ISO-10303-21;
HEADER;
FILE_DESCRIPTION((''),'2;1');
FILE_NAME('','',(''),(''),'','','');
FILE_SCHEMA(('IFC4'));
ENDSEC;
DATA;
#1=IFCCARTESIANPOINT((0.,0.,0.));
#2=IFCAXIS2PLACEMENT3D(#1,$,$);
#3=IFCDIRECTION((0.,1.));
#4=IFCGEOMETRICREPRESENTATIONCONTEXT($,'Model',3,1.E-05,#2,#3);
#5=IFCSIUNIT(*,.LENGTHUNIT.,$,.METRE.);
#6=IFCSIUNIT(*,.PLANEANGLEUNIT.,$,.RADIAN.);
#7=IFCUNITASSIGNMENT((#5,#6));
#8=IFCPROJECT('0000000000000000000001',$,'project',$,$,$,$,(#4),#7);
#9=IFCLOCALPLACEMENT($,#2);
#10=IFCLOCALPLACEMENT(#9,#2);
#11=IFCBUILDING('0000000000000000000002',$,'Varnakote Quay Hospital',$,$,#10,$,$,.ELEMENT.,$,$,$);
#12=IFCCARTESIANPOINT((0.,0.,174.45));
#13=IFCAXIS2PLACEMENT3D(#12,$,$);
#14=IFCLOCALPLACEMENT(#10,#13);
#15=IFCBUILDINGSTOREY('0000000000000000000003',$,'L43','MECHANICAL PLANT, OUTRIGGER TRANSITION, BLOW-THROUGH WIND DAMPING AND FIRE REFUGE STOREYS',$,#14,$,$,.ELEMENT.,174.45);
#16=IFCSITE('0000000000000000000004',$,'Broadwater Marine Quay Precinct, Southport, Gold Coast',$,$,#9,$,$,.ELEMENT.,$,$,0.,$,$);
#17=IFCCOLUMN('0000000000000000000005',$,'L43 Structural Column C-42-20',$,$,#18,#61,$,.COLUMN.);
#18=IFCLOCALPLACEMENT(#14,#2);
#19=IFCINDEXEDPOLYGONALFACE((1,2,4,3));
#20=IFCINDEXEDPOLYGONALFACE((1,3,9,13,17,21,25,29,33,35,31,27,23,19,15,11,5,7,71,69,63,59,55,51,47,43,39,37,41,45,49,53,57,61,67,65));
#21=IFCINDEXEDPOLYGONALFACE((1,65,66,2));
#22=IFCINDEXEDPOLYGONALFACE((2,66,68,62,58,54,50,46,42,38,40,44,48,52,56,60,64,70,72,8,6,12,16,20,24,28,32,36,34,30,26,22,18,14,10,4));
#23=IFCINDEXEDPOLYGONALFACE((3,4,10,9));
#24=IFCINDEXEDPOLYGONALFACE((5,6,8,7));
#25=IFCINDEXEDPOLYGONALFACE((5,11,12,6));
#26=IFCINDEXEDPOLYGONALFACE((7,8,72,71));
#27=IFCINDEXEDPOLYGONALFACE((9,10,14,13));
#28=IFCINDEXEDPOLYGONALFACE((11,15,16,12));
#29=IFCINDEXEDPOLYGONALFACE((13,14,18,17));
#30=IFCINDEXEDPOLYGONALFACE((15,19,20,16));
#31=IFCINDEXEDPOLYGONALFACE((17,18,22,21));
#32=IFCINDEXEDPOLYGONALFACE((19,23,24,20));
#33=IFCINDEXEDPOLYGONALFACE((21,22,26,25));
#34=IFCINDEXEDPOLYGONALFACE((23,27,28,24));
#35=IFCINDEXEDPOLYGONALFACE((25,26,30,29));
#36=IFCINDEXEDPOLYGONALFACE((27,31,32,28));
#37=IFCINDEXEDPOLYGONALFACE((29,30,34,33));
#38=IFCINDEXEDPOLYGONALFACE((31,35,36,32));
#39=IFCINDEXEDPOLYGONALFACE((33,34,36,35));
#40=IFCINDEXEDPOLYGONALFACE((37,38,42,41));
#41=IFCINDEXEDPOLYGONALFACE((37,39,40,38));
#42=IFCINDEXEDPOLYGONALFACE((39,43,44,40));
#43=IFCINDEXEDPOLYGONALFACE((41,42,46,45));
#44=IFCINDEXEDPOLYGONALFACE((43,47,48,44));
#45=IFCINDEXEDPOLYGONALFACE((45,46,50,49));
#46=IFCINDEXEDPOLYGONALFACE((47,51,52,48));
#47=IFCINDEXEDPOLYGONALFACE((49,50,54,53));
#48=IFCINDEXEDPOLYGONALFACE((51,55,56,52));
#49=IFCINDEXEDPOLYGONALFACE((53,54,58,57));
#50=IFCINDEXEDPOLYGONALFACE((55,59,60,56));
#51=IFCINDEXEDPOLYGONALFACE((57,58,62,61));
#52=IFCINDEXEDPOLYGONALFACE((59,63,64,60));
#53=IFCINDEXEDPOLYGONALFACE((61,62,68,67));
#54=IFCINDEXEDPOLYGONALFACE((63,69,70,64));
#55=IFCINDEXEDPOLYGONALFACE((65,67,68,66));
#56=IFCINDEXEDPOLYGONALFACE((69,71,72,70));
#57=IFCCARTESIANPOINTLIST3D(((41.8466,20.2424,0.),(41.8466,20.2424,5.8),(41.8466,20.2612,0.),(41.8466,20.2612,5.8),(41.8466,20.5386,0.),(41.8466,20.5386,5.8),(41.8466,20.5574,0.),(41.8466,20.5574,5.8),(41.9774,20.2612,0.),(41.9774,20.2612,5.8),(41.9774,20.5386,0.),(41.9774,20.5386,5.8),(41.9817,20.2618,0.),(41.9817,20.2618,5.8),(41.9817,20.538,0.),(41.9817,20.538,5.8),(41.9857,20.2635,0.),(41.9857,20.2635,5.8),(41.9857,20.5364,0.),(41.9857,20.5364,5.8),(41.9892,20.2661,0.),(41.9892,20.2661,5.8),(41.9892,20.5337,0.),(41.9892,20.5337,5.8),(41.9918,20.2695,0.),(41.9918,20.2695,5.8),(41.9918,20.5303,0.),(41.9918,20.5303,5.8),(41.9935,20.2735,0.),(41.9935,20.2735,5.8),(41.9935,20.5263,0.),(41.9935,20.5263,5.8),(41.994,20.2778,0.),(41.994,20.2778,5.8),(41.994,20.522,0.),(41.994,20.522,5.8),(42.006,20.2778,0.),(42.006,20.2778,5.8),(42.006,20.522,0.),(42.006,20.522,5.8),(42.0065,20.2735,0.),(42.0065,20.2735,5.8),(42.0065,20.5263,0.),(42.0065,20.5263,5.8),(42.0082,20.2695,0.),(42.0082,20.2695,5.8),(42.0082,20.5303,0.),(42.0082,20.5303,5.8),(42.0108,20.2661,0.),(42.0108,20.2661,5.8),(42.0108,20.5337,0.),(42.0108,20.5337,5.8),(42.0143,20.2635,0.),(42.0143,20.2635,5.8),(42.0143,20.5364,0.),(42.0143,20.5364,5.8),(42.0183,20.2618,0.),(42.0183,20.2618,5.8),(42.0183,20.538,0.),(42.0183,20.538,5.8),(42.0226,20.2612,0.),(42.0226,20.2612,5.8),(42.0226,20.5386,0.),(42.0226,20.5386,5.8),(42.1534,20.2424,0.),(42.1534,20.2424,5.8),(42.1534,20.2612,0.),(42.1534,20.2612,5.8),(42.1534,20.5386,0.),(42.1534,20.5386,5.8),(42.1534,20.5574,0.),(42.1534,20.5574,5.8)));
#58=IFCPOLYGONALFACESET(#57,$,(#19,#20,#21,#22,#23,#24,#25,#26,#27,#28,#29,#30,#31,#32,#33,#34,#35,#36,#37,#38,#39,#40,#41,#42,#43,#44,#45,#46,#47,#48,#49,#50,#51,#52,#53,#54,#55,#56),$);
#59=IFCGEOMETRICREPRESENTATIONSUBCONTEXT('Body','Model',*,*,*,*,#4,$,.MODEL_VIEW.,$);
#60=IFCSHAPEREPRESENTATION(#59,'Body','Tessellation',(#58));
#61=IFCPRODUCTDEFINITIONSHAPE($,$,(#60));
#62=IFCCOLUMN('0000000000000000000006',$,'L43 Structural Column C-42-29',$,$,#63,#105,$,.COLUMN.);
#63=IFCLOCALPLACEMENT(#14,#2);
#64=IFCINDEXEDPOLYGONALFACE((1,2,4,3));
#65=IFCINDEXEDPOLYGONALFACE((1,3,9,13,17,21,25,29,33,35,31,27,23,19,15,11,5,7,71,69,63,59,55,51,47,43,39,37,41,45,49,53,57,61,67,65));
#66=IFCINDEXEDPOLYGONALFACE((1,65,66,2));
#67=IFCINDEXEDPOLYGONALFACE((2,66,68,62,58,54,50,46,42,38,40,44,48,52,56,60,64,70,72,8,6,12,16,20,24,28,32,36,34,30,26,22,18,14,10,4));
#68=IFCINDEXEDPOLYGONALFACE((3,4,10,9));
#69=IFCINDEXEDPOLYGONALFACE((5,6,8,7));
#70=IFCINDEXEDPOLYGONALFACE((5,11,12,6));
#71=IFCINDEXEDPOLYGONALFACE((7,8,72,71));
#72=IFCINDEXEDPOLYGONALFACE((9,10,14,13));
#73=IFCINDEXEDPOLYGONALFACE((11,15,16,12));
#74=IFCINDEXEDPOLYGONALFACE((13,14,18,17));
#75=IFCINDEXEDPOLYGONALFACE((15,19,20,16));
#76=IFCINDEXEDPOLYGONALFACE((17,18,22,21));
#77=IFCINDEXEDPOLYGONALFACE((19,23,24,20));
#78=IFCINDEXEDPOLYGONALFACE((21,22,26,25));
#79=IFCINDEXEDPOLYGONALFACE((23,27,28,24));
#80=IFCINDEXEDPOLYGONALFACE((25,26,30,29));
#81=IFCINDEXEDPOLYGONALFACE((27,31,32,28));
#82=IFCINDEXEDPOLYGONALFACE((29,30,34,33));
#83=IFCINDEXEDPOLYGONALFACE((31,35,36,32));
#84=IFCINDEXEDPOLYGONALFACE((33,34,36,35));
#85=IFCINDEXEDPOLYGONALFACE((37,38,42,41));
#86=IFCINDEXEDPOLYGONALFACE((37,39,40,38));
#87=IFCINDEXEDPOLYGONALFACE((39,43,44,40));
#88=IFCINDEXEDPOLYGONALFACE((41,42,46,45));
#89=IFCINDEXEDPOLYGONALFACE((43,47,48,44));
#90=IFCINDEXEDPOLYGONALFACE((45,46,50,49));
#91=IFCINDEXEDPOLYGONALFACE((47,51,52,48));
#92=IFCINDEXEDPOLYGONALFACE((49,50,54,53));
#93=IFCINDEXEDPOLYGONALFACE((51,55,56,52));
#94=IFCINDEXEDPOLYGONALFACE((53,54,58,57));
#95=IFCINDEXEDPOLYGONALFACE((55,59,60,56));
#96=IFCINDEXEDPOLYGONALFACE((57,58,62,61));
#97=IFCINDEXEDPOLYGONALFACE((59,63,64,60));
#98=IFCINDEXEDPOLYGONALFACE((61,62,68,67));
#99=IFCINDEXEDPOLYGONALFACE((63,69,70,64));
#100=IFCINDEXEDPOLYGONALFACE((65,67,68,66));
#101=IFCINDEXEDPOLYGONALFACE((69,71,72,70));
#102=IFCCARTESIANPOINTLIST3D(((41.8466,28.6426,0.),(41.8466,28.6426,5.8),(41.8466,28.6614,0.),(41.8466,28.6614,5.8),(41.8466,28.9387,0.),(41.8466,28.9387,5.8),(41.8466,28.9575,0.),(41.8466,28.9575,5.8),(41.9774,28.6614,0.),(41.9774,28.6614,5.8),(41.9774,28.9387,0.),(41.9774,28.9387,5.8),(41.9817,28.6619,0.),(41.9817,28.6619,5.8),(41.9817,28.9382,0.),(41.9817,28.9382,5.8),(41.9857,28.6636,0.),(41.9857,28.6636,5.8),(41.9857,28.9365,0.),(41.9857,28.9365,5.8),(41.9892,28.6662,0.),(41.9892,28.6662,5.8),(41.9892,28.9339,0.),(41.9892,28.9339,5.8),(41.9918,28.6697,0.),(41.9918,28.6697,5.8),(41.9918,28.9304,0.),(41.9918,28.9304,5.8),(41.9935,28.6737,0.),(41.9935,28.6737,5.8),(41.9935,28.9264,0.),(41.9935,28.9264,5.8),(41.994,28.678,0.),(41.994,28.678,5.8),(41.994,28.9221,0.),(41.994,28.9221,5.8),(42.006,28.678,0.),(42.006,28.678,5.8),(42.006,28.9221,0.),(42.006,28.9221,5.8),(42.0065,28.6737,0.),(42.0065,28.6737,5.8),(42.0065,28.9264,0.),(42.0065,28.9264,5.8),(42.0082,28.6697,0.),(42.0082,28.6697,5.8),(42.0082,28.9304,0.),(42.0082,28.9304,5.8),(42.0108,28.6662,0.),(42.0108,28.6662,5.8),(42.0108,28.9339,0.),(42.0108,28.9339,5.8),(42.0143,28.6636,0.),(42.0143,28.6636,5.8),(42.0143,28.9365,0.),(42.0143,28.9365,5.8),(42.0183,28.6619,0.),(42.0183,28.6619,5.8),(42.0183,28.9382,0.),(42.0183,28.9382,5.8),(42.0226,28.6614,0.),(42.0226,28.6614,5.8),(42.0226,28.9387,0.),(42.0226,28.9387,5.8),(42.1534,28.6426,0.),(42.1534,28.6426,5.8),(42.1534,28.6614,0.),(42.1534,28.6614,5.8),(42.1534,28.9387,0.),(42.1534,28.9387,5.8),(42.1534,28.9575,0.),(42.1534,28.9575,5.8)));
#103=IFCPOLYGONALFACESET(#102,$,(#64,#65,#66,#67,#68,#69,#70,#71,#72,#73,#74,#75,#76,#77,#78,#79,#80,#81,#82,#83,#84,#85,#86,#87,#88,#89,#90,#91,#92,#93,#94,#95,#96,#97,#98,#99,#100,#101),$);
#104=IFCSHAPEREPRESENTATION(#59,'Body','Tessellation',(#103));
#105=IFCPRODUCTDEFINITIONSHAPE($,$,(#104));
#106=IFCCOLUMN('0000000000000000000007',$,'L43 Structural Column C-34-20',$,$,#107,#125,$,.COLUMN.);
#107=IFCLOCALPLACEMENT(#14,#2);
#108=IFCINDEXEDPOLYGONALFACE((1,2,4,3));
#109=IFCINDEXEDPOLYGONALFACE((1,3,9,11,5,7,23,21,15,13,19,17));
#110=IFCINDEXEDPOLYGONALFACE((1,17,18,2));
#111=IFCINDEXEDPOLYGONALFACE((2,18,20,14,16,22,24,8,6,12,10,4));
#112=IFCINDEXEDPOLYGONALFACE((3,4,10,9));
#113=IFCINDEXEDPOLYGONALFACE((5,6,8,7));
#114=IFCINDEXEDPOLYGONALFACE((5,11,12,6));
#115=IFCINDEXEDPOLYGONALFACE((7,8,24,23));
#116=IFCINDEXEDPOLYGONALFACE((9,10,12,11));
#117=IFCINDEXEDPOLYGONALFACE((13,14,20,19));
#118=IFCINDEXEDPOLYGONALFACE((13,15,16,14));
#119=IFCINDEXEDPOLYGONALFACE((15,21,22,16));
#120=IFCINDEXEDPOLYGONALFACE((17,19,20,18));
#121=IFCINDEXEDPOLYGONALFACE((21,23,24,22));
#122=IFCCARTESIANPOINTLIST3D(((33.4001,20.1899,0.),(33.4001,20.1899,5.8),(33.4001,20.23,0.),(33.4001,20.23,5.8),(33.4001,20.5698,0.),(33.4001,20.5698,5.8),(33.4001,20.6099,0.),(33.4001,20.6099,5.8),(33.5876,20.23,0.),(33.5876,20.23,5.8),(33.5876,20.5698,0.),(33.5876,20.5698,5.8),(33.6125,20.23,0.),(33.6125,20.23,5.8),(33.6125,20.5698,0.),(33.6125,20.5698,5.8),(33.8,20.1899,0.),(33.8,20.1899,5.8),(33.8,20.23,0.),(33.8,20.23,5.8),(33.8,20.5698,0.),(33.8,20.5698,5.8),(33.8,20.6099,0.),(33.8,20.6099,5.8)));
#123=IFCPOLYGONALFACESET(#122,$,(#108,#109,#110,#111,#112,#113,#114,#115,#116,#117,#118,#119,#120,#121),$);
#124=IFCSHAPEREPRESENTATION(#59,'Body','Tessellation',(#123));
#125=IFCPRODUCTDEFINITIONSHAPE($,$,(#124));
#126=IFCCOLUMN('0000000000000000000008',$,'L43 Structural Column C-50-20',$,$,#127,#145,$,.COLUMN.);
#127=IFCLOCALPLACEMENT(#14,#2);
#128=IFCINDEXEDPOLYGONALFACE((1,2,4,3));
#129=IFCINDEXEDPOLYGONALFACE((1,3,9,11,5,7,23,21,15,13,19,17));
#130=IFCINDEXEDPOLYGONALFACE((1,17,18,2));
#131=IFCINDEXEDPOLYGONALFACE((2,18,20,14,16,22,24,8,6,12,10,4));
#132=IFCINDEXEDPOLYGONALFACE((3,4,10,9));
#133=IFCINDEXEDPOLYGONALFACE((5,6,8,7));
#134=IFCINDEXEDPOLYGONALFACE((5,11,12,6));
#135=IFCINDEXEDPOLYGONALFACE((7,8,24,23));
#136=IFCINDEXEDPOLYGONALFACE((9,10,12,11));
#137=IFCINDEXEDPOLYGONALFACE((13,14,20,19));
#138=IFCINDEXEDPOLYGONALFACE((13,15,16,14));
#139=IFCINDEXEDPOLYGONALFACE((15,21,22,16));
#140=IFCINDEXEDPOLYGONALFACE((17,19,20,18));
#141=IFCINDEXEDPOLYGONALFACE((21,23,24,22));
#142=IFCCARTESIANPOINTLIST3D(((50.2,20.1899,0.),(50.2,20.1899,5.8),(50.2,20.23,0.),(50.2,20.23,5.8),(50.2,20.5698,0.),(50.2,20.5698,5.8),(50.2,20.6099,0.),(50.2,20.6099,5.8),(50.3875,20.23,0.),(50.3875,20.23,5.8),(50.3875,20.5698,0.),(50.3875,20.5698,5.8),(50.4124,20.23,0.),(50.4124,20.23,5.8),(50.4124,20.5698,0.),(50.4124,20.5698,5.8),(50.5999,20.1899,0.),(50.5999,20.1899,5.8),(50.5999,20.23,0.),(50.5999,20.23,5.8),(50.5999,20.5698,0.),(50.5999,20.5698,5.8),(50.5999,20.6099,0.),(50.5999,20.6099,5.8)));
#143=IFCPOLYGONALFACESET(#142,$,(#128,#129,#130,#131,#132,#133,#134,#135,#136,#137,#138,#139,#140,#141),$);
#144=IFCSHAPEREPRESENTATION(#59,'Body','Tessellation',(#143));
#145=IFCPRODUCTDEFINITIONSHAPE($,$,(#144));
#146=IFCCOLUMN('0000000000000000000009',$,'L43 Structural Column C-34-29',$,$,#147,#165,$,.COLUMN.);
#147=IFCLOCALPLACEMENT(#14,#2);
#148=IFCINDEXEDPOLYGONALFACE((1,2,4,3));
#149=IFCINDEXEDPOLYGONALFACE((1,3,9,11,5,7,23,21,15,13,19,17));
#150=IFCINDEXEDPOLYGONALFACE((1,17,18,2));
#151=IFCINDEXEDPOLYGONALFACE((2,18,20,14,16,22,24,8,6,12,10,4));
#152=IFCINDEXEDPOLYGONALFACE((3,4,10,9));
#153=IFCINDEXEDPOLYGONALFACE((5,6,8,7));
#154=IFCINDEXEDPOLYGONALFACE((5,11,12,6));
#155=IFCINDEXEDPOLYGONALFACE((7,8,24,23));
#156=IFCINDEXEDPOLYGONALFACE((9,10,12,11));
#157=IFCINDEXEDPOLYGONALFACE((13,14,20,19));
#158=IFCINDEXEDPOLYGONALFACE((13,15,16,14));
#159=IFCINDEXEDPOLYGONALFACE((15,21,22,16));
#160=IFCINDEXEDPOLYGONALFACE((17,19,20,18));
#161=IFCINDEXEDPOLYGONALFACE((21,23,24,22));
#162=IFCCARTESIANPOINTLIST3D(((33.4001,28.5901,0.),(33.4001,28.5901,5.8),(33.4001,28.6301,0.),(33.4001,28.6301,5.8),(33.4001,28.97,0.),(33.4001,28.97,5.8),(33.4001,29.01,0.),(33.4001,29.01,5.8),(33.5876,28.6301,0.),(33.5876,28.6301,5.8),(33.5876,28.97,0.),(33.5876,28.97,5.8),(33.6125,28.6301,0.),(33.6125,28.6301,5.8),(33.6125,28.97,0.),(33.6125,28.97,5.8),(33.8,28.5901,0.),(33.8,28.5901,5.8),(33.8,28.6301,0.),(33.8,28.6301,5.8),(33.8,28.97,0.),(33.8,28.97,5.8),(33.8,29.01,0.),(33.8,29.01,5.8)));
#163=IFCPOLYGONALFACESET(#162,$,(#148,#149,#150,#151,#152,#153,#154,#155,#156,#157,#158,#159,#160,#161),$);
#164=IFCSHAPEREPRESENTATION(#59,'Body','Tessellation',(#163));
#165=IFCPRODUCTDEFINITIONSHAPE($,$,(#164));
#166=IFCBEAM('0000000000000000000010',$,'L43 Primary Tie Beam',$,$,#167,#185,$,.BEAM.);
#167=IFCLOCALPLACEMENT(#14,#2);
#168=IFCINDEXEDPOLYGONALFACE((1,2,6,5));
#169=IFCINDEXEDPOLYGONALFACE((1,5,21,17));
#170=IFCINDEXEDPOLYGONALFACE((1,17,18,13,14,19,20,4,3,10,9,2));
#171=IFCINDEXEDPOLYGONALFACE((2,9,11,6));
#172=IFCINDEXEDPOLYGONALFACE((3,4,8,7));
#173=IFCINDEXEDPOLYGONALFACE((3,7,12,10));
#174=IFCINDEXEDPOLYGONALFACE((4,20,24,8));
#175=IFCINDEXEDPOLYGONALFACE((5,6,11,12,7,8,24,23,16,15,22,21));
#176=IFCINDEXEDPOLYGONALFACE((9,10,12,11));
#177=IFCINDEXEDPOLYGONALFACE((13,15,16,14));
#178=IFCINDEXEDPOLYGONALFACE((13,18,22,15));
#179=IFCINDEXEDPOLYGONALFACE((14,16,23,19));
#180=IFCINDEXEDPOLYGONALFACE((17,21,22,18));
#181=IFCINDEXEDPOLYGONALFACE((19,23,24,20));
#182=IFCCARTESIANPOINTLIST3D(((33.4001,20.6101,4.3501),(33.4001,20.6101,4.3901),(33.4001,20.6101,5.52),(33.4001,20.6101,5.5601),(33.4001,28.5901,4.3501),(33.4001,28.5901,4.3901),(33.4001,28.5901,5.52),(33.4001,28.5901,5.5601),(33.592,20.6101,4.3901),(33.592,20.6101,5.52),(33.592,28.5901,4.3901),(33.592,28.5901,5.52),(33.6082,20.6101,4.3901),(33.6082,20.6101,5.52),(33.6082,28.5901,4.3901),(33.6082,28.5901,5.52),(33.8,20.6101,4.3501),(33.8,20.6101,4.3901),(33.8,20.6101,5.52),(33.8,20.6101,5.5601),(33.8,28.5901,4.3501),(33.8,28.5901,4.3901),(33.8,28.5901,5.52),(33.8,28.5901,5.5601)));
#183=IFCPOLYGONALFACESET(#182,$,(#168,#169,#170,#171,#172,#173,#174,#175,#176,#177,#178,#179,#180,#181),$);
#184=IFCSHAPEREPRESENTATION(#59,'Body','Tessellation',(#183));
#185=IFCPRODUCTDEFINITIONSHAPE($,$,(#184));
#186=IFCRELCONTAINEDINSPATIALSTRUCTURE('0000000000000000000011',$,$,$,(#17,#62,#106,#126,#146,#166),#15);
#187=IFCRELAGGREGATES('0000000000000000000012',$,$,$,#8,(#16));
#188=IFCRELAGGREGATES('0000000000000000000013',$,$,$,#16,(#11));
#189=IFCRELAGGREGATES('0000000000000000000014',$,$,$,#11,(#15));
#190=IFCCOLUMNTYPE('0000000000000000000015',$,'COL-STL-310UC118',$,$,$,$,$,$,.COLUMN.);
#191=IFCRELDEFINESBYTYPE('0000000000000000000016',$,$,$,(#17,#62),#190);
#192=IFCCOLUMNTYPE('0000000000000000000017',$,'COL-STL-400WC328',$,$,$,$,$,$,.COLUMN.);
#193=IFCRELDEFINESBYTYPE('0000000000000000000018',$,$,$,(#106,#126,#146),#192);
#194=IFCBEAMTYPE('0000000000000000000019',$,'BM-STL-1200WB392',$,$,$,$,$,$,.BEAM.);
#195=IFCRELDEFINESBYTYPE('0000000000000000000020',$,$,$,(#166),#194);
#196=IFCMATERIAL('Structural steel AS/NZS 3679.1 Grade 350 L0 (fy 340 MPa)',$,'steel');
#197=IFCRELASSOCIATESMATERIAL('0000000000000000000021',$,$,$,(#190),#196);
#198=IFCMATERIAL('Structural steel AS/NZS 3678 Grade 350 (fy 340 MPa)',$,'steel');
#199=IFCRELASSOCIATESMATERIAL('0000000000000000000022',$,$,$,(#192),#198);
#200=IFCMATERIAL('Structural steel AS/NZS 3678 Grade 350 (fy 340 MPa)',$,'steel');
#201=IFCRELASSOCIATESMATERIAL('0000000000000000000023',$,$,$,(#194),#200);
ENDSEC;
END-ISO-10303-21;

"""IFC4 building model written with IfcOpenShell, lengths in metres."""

from ifc_helpers import new_model, si_unit, direction, frame, origin, origin_2d, place, context, subcontext, project, spatial, i_section, extrude, material, material_profile, profile_set, type_object, element, save


model = new_model("IFC4")

# Units and contexts
model_context = context("Model", 3, precision=1e-05, world=origin(), true_north=direction((0.0, 1.0)))
body_context = subcontext(model_context, "Body", "Model", "MODEL_VIEW")
ifc_project = project(units=[si_unit("LENGTHUNIT", "METRE"), si_unit("PLANEANGLEUNIT", "RADIAN")], contexts=[model_context])

# Site, building, storey
site_placement = place(None, origin())
site = spatial("IfcSite", under=ifc_project, at=site_placement, Name="Broadwater Marine Quay Precinct, Southport, Gold Coast", CompositionType="ELEMENT", RefElevation=0.0)
building_placement = place(site_placement, origin())
building = spatial("IfcBuilding", under=site, at=building_placement, Name="Varnakote Quay Hospital", CompositionType="ELEMENT")
storey_placement = place(building_placement, frame((0.0, 0.0, 174.45)))
storey = spatial("IfcBuildingStorey", under=building, at=storey_placement, Name="L43", Description="MECHANICAL PLANT, OUTRIGGER TRANSITION, BLOW-THROUGH WIND DAMPING AND FIRE REFUGE STOREYS", CompositionType="ELEMENT", Elevation=174.45)

# Columns
ifc_material_1 = material(Name="Structural steel AS/NZS 3679.1 Grade 350 L0 (fy 340 MPa)", Category="steel")
ifc_material_profile_1 = material_profile(ifc_material_1, i_section(OverallWidth=0.3069, OverallDepth=0.3149, WebThickness=0.012, FlangeThickness=0.0188, FilletRadius=0.0166, at=origin_2d()), Name="310UC118")
ifc_profile_set_1 = profile_set([ifc_material_profile_1], Name="Structural steel AS/NZS 3679.1 Grade 350 L0 (fy 340 MPa)")
column_type_1 = type_object("IfcColumnType", Name="COL-STL-310UC118", PredefinedType="COLUMN", material=ifc_profile_set_1)
for number, where, z_axis, x_axis, name in (
    (1, (42.0, 20.3999, 0.0), (0.0, 0.0, 1.0), (1.0, 0.0, 0.0), "L43 Structural Column C-42-20"),
    (2, (42.0, 28.8, 0.0), (0.0, 0.0, 1.0), (1.0, 0.0, 0.0), "L43 Structural Column C-42-29"),
):
    element("IfcColumn", number, at=place(storey_placement, frame(where, z_axis=z_axis, x_axis=x_axis)), inside=storey, type_object=column_type_1, Name=name, PredefinedType="COLUMN", context=body_context, shape_type="SweptSolid", body=[
        extrude(i_section(OverallWidth=0.3069, OverallDepth=0.3149, WebThickness=0.012, FlangeThickness=0.0188, FilletRadius=0.0166, at=origin_2d()), origin(), (0.0, 0.0, 1.0), 5.8),
    ])
ifc_material_2 = material(Name="Structural steel AS/NZS 3678 Grade 350 (fy 340 MPa)", Category="steel")
ifc_material_profile_2 = material_profile(ifc_material_2, i_section(OverallWidth=0.3999, OverallDepth=0.4199, WebThickness=0.0249, FlangeThickness=0.04, at=origin_2d()), Name="400WC328")
ifc_profile_set_2 = profile_set([ifc_material_profile_2], Name="Structural steel AS/NZS 3678 Grade 350 (fy 340 MPa)")
column_type_2 = type_object("IfcColumnType", Name="COL-STL-400WC328", PredefinedType="COLUMN", material=ifc_profile_set_2)
for number, where, z_axis, x_axis, name in (
    (3, (33.6001, 20.3999, 0.0), (0.0, 0.0, 1.0), (1.0, 0.0, 0.0), "L43 Structural Column C-34-20"),
    (4, (50.3999, 20.3999, 0.0), (0.0, 0.0, 1.0), (1.0, 0.0, 0.0), "L43 Structural Column C-50-20"),
    (5, (33.6001, 28.8, 0.0), (0.0, 0.0, 1.0), (1.0, 0.0, 0.0), "L43 Structural Column C-34-29"),
):
    element("IfcColumn", number, at=place(storey_placement, frame(where, z_axis=z_axis, x_axis=x_axis)), inside=storey, type_object=column_type_2, Name=name, PredefinedType="COLUMN", context=body_context, shape_type="SweptSolid", body=[
        extrude(i_section(OverallWidth=0.3999, OverallDepth=0.4199, WebThickness=0.0249, FlangeThickness=0.04, at=origin_2d()), origin(), (0.0, 0.0, 1.0), 5.8),
    ])

# Beam
ifc_material_3 = material(Name="Structural steel AS/NZS 3678 Grade 350 (fy 340 MPa)", Category="steel")
ifc_material_profile_3 = material_profile(ifc_material_3, i_section(OverallWidth=0.3999, OverallDepth=1.21, WebThickness=0.0161, FlangeThickness=0.04, at=origin_2d()), Name="1200WB392")
ifc_profile_set_3 = profile_set([ifc_material_profile_3], Name="Structural steel AS/NZS 3678 Grade 350 (fy 340 MPa)")
beam_type_1 = type_object("IfcBeamType", Name="BM-STL-1200WB392", PredefinedType="BEAM", material=ifc_profile_set_3)
beam_1_placement = place(storey_placement, frame((33.6001, 20.6101, 4.9551), z_axis=(0.0, 1.0, 0.0), x_axis=(-1.0, 0.0, 0.0)))
element("IfcBeam", 6, at=beam_1_placement, inside=storey, type_object=beam_type_1, Name="L43 Primary Tie Beam", PredefinedType="BEAM", context=body_context, shape_type="SweptSolid", body=[
    extrude(i_section(OverallWidth=0.3999, OverallDepth=1.21, WebThickness=0.0161, FlangeThickness=0.04, at=origin_2d()), origin(), (0.0, 0.0, 1.0), 7.98),
])

save(model, "model.ifc")
